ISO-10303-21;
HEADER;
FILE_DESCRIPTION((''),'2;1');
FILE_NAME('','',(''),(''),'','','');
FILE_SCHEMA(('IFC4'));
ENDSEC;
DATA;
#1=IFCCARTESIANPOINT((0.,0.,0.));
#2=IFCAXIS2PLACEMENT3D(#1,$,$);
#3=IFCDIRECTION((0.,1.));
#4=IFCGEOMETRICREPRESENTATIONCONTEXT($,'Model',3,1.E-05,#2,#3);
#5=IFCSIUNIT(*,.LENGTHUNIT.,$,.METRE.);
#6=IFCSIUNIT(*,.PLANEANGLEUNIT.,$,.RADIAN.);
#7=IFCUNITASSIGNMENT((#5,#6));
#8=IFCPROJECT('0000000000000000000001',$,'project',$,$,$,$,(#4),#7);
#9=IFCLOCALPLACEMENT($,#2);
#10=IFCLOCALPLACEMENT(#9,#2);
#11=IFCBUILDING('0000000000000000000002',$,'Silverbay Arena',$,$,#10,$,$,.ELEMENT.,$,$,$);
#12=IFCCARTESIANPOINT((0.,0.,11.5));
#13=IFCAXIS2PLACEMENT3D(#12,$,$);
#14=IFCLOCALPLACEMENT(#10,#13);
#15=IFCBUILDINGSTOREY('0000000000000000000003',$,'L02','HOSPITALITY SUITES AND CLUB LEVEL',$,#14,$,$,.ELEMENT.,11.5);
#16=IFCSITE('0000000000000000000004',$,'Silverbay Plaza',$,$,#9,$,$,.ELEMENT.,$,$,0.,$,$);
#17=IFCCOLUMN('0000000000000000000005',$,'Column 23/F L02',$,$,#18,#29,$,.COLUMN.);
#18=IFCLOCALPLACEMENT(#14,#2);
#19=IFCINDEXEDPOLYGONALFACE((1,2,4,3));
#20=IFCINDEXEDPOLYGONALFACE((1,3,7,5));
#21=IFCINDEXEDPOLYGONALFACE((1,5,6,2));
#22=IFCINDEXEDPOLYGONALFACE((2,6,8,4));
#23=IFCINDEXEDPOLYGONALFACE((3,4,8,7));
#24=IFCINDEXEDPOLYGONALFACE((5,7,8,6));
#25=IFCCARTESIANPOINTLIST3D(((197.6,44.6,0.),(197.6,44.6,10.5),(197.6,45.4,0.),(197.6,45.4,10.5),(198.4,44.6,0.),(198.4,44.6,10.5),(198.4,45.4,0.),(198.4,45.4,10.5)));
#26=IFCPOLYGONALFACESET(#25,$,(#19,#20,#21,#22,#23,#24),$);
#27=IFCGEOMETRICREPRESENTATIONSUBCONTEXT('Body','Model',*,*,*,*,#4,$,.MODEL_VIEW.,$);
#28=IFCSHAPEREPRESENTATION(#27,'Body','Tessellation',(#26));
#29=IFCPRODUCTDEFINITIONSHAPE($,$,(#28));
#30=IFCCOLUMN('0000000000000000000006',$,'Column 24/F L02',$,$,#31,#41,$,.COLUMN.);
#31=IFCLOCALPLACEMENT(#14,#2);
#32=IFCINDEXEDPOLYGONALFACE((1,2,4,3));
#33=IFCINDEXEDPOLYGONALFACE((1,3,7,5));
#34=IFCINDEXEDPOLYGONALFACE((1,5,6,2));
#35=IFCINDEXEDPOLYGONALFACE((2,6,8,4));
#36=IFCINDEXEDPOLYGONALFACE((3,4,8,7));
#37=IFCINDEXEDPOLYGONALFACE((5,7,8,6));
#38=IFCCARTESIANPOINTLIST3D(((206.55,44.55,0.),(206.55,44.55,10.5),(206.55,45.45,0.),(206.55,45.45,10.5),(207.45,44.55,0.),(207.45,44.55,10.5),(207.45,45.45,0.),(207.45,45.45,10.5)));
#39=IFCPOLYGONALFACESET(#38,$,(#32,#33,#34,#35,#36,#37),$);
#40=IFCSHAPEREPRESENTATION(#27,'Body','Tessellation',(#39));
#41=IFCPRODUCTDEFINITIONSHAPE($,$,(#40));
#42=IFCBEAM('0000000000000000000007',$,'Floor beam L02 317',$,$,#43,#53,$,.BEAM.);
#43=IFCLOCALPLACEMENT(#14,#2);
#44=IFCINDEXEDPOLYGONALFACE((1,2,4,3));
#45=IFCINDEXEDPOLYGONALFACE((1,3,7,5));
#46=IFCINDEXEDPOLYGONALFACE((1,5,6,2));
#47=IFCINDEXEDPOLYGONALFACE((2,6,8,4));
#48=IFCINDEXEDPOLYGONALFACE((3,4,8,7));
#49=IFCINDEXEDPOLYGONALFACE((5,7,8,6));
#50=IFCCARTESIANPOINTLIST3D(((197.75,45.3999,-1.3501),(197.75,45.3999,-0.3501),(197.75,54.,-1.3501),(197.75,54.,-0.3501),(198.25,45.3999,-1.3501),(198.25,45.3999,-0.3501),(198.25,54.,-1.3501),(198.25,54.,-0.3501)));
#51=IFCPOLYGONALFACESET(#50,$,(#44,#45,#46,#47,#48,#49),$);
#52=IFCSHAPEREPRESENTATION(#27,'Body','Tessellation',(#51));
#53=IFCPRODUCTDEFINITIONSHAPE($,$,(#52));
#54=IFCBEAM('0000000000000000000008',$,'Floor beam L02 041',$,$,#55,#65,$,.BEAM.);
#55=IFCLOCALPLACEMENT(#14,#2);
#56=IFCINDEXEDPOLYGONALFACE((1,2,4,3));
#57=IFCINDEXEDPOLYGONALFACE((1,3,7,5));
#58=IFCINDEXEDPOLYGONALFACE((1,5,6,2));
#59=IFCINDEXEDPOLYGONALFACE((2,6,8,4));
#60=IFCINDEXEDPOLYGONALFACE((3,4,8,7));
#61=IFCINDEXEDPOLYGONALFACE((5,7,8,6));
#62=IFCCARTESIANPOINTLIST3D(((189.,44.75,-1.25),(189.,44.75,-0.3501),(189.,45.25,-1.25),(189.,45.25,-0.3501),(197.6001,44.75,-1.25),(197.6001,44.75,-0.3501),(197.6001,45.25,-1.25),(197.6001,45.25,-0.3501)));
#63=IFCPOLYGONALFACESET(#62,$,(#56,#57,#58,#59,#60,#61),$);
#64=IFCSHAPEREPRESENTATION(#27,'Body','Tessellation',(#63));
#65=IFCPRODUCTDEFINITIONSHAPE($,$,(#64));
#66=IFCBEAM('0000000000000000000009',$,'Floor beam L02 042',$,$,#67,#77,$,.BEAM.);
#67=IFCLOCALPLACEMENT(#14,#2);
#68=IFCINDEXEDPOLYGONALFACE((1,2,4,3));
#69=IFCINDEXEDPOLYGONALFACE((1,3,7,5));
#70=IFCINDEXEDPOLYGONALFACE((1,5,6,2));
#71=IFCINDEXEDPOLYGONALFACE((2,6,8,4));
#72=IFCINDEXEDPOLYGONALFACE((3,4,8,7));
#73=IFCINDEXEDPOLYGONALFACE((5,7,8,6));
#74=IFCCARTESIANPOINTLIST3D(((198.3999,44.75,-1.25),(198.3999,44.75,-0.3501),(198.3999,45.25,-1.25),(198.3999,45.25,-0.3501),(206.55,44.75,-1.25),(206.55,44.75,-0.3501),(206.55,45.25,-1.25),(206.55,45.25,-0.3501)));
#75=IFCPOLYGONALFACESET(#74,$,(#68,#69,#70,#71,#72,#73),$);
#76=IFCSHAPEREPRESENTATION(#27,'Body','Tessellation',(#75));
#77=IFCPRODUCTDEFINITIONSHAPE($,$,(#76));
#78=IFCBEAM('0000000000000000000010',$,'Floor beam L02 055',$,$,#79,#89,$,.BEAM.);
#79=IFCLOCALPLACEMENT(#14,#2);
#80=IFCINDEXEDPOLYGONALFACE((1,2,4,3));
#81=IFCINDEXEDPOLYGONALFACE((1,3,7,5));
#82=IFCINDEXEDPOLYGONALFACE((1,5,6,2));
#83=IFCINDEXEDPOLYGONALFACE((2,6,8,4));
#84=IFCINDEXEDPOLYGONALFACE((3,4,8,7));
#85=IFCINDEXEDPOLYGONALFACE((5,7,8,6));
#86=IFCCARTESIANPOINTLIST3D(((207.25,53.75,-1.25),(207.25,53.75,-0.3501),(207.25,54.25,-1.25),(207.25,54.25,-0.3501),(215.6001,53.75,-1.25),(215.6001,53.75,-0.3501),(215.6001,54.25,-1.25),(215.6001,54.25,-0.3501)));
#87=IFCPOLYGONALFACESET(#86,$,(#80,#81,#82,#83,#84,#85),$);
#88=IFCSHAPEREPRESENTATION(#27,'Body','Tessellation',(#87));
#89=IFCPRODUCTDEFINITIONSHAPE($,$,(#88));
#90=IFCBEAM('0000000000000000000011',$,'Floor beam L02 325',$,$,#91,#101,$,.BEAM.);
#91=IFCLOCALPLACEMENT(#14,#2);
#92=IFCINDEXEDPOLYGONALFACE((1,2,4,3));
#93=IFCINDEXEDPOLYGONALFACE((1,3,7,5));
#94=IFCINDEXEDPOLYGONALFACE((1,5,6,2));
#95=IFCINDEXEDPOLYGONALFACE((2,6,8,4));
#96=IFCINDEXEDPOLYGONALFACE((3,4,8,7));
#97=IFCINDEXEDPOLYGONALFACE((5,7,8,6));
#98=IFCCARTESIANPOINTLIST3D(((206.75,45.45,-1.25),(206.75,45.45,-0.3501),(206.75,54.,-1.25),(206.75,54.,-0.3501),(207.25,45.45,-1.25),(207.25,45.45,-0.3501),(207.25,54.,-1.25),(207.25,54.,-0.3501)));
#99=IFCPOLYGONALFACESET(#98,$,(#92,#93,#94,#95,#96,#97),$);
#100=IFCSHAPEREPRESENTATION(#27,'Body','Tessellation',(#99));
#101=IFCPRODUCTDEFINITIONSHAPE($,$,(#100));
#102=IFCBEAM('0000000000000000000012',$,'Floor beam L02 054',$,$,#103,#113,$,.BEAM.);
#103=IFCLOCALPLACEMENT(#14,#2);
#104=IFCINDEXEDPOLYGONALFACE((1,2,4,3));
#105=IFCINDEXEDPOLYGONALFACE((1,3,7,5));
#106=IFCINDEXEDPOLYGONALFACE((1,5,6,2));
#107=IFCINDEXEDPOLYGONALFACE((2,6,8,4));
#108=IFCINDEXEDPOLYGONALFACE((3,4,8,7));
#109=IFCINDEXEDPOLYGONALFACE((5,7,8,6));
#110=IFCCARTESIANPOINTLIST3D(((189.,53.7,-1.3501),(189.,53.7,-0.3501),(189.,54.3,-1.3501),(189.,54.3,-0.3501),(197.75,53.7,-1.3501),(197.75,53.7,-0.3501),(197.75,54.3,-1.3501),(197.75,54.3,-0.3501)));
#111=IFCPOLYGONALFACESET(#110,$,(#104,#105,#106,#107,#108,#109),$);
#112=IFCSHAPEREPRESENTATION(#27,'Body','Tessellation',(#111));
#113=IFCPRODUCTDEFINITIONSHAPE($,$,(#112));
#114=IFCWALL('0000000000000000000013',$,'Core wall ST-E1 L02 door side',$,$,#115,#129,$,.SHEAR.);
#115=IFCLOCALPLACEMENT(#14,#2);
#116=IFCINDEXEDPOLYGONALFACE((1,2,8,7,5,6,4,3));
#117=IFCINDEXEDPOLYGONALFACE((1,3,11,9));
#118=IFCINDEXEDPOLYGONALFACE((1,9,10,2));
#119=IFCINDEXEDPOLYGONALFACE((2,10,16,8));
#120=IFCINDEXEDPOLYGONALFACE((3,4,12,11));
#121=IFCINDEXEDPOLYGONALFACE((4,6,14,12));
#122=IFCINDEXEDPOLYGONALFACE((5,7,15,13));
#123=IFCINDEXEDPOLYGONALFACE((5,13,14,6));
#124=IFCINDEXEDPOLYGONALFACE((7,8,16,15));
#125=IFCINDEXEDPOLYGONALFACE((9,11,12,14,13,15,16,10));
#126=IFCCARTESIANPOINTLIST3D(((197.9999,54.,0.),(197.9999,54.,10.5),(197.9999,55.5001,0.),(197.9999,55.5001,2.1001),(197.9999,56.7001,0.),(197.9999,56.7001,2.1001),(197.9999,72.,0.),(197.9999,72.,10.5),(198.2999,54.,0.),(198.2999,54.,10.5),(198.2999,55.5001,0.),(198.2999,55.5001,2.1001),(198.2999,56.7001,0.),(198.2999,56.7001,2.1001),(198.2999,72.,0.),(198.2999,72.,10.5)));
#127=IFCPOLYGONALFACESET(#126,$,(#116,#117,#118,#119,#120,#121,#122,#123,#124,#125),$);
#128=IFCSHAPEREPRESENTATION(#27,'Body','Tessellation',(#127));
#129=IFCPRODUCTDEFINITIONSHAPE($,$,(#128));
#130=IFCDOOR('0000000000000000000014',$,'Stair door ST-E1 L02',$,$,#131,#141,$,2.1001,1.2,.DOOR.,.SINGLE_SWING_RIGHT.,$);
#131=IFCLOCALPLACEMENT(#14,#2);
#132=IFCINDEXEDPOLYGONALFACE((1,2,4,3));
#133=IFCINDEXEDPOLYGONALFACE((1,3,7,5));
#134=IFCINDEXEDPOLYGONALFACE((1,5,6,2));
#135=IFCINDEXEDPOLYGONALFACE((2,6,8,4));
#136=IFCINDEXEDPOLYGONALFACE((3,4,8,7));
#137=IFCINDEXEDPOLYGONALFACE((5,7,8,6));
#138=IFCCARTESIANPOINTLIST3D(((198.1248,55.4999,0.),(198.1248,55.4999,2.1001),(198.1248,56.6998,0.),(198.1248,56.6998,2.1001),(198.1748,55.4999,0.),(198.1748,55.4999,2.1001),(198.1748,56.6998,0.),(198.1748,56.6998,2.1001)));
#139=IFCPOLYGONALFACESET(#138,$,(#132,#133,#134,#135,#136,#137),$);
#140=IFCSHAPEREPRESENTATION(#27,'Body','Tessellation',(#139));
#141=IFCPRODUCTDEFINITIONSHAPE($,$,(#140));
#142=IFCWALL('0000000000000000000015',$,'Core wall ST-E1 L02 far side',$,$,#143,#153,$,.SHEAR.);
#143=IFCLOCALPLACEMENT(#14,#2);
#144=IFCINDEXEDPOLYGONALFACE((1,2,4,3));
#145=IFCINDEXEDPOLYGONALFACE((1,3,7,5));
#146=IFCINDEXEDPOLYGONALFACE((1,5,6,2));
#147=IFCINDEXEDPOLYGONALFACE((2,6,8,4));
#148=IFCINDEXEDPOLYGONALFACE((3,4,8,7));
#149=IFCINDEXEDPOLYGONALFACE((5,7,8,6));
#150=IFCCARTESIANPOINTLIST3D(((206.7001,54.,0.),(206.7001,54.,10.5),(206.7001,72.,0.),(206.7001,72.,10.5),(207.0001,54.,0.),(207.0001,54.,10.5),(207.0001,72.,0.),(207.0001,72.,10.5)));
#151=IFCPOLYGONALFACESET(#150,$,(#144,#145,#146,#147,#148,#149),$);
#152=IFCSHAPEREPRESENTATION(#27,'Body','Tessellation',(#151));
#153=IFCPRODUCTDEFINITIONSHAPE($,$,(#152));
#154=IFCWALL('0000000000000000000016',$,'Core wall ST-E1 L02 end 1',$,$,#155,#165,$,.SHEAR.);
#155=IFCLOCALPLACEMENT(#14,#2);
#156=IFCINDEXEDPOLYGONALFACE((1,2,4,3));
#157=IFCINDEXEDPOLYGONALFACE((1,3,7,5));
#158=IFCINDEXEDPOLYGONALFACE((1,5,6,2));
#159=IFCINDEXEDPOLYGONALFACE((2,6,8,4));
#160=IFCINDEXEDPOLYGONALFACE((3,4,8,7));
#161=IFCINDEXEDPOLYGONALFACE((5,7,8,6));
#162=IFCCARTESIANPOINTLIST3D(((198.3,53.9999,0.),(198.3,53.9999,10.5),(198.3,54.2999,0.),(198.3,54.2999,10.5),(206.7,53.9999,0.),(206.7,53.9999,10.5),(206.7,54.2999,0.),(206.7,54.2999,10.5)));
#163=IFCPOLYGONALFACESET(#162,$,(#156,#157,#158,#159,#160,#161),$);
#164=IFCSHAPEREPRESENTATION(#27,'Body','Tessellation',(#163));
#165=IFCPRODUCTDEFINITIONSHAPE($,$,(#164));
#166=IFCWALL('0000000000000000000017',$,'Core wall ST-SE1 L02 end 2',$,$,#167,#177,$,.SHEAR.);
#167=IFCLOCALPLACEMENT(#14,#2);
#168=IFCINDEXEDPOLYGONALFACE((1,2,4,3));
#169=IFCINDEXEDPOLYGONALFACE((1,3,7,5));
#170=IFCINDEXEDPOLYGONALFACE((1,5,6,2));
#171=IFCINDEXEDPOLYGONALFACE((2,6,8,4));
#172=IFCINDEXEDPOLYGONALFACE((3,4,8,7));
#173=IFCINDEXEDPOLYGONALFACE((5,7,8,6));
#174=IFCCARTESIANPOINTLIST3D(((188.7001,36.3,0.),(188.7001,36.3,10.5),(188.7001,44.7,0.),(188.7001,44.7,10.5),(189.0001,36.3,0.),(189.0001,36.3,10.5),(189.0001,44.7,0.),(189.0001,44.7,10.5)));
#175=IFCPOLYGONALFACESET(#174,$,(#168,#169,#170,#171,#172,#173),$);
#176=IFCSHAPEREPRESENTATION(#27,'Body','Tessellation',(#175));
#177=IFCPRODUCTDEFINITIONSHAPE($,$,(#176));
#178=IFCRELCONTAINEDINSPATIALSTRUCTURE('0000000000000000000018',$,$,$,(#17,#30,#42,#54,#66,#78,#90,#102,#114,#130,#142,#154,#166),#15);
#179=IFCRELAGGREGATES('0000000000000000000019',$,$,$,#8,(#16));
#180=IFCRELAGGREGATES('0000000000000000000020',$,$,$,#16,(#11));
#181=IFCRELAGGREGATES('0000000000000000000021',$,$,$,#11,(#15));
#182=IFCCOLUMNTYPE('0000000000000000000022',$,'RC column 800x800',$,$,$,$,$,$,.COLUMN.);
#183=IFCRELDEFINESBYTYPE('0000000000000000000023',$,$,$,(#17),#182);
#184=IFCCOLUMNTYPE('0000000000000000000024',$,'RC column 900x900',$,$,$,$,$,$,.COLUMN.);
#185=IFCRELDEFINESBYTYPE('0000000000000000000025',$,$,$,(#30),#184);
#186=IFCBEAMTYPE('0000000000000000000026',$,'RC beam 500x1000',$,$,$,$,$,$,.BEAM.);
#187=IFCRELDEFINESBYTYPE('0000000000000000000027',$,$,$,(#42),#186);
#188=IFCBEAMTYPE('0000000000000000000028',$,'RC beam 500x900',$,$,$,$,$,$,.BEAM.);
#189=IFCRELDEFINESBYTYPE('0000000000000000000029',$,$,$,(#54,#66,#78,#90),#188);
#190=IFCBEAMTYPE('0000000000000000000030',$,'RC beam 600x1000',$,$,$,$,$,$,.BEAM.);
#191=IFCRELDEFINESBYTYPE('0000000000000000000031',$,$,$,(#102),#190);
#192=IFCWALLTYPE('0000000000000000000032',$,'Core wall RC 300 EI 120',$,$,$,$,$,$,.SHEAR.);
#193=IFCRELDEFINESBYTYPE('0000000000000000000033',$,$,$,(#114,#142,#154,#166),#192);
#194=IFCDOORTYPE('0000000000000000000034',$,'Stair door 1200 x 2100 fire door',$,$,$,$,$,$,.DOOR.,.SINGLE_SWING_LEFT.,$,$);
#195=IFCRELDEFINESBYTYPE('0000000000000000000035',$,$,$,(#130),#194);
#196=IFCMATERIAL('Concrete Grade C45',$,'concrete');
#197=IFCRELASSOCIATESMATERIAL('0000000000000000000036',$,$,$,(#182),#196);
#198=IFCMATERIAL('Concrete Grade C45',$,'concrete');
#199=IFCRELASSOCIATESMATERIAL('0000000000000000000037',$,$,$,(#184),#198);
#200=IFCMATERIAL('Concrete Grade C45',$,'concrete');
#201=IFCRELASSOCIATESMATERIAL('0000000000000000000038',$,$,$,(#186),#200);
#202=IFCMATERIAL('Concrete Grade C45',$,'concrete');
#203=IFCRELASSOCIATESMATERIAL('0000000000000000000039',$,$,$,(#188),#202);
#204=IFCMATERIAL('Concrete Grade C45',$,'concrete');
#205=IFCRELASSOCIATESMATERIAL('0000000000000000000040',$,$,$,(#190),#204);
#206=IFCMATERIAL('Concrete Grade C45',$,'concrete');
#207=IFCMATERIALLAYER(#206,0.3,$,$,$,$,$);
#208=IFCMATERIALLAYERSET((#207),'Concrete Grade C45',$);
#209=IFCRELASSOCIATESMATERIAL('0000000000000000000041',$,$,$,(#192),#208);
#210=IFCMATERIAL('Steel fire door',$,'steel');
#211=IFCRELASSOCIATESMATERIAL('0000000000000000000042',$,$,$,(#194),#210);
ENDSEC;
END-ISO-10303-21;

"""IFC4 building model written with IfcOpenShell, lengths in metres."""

from ifc_helpers import new_model, si_unit, direction, frame, frame_2d, origin, origin_2d, place, context, subcontext, project, spatial, rectangle, extrude, material, layer, layer_set, material_profile, profile_set, type_object, element, fill, save


model = new_model("IFC4")

# Units and contexts
model_context = context("Model", 3, precision=1e-05, world=origin(), true_north=direction((0.0, 1.0)))
body_context = subcontext(model_context, "Body", "Model", "MODEL_VIEW")
ifc_project = project(units=[si_unit("LENGTHUNIT", "METRE"), si_unit("PLANEANGLEUNIT", "RADIAN")], contexts=[model_context])

# Site, building, storey
site_placement = place(None, origin())
site = spatial("IfcSite", under=ifc_project, at=site_placement, Name="Silverbay Plaza", CompositionType="ELEMENT", RefElevation=0.0)
building_placement = place(site_placement, origin())
building = spatial("IfcBuilding", under=site, at=building_placement, Name="Silverbay Arena", CompositionType="ELEMENT")
storey_placement = place(building_placement, frame((0.0, 0.0, 11.5)))
storey = spatial("IfcBuildingStorey", under=building, at=storey_placement, Name="L02", Description="HOSPITALITY SUITES AND CLUB LEVEL", CompositionType="ELEMENT", Elevation=11.5)

# Columns
ifc_material_1 = material(Name="Concrete Grade C45", Category="concrete")
ifc_material_profile_1 = material_profile(ifc_material_1, rectangle(XDim=0.8, YDim=0.8, at=origin_2d()), Name="RC 800x800")
ifc_profile_set_1 = profile_set([ifc_material_profile_1], Name="Concrete Grade C45")
column_type_1 = type_object("IfcColumnType", Name="RC column 800x800", PredefinedType="COLUMN", material=ifc_profile_set_1)
column_1_placement = place(storey_placement, frame((198.0, 45.0, 0.0), z_axis=(0.0, 0.0, 1.0), x_axis=(1.0, 0.0, 0.0)))
element("IfcColumn", 1, at=column_1_placement, inside=storey, type_object=column_type_1, Name="Column 23/F L02", PredefinedType="COLUMN", context=body_context, shape_type="SweptSolid", body=[
    extrude(rectangle(XDim=0.8, YDim=0.8, at=origin_2d()), origin(), (0.0, 0.0, 1.0), 10.5),
])
ifc_material_2 = material(Name="Concrete Grade C45", Category="concrete")
ifc_material_profile_2 = material_profile(ifc_material_2, rectangle(XDim=0.8999, YDim=0.8999, at=origin_2d()), Name="RC 900x900")
ifc_profile_set_2 = profile_set([ifc_material_profile_2], Name="Concrete Grade C45")
column_type_2 = type_object("IfcColumnType", Name="RC column 900x900", PredefinedType="COLUMN", material=ifc_profile_set_2)
column_2_placement = place(storey_placement, frame((207.0, 45.0, 0.0), z_axis=(0.0, 0.0, 1.0), x_axis=(1.0, 0.0, 0.0)))
element("IfcColumn", 2, at=column_2_placement, inside=storey, type_object=column_type_2, Name="Column 24/F L02", PredefinedType="COLUMN", context=body_context, shape_type="SweptSolid", body=[
    extrude(rectangle(XDim=0.8999, YDim=0.8999, at=origin_2d()), origin(), (0.0, 0.0, 1.0), 10.5),
])

# Beams
ifc_material_3 = material(Name="Concrete Grade C45", Category="concrete")
ifc_material_profile_3 = material_profile(ifc_material_3, rectangle(XDim=0.5, YDim=1.0, at=origin_2d()), Name="RC 500x1000")
ifc_profile_set_3 = profile_set([ifc_material_profile_3], Name="Concrete Grade C45")
beam_type_1 = type_object("IfcBeamType", Name="RC beam 500x1000", PredefinedType="BEAM", material=ifc_profile_set_3)
beam_1_placement = place(storey_placement, frame((198.0, 45.3999, -0.8501), z_axis=(0.0, 1.0, 0.0), x_axis=(-1.0, 0.0, 0.0)))
element("IfcBeam", 3, at=beam_1_placement, inside=storey, type_object=beam_type_1, Name="Floor beam L02 317", PredefinedType="BEAM", context=body_context, shape_type="SweptSolid", body=[
    extrude(rectangle(XDim=0.5, YDim=1.0, at=origin_2d()), origin(), (0.0, 0.0, 1.0), 8.6001),
])
ifc_material_4 = material(Name="Concrete Grade C45", Category="concrete")
ifc_material_profile_4 = material_profile(ifc_material_4, rectangle(XDim=0.5, YDim=0.8999, at=origin_2d()), Name="RC 500x900")
ifc_profile_set_4 = profile_set([ifc_material_profile_4], Name="Concrete Grade C45")
beam_type_2 = type_object("IfcBeamType", Name="RC beam 500x900", PredefinedType="BEAM", material=ifc_profile_set_4)
beam_2_placement = place(storey_placement, frame((189.0, 45.0, -0.8), z_axis=(1.0, 0.0, 0.0), x_axis=(0.0, 1.0, 0.0)))
element("IfcBeam", 4, at=beam_2_placement, inside=storey, type_object=beam_type_2, Name="Floor beam L02 041", PredefinedType="BEAM", context=body_context, shape_type="SweptSolid", body=[
    extrude(rectangle(XDim=0.5, YDim=0.8999, at=origin_2d()), origin(), (0.0, 0.0, 1.0), 8.6001),
])
beam_3_placement = place(storey_placement, frame((198.3999, 45.0, -0.8), z_axis=(1.0, 0.0, 0.0), x_axis=(0.0, 1.0, 0.0)))
element("IfcBeam", 5, at=beam_3_placement, inside=storey, type_object=beam_type_2, Name="Floor beam L02 042", PredefinedType="BEAM", context=body_context, shape_type="SweptSolid", body=[
    extrude(rectangle(XDim=0.5, YDim=0.8999, at=origin_2d()), origin(), (0.0, 0.0, 1.0), 8.1501),
])
beam_4_placement = place(storey_placement, frame((207.25, 54.0, -0.8), z_axis=(1.0, 0.0, 0.0), x_axis=(0.0, 1.0, 0.0)))
element("IfcBeam", 6, at=beam_4_placement, inside=storey, type_object=beam_type_2, Name="Floor beam L02 055", PredefinedType="BEAM", context=body_context, shape_type="SweptSolid", body=[
    extrude(rectangle(XDim=0.5, YDim=0.8999, at=origin_2d()), origin(), (0.0, 0.0, 1.0), 8.3501),
])
beam_5_placement = place(storey_placement, frame((207.0, 45.45, -0.8), z_axis=(0.0, 1.0, 0.0), x_axis=(-1.0, 0.0, 0.0)))
element("IfcBeam", 7, at=beam_5_placement, inside=storey, type_object=beam_type_2, Name="Floor beam L02 325", PredefinedType="BEAM", context=body_context, shape_type="SweptSolid", body=[
    extrude(rectangle(XDim=0.5, YDim=0.8999, at=origin_2d()), origin(), (0.0, 0.0, 1.0), 8.55),
])
ifc_material_5 = material(Name="Concrete Grade C45", Category="concrete")
ifc_material_profile_5 = material_profile(ifc_material_5, rectangle(XDim=0.6001, YDim=1.0, at=origin_2d()), Name="RC 600x1000")
ifc_profile_set_5 = profile_set([ifc_material_profile_5], Name="Concrete Grade C45")
beam_type_3 = type_object("IfcBeamType", Name="RC beam 600x1000", PredefinedType="BEAM", material=ifc_profile_set_5)
beam_6_placement = place(storey_placement, frame((189.0, 54.0, -0.8501), z_axis=(1.0, 0.0, 0.0), x_axis=(0.0, 1.0, 0.0)))
element("IfcBeam", 8, at=beam_6_placement, inside=storey, type_object=beam_type_3, Name="Floor beam L02 054", PredefinedType="BEAM", context=body_context, shape_type="SweptSolid", body=[
    extrude(rectangle(XDim=0.6001, YDim=1.0, at=origin_2d()), origin(), (0.0, 0.0, 1.0), 8.75),
])

# Wall, opening, door
ifc_material_6 = material(Name="Concrete Grade C45", Category="concrete")
ifc_layer_1 = layer(ifc_material_6, 0.3)
ifc_layer_set_1 = layer_set([ifc_layer_1], Name="Concrete Grade C45")
wall_type_1 = type_object("IfcWallType", Name="Core wall RC 300 EI 120", PredefinedType="SHEAR", material=ifc_layer_set_1)
wall_1_placement = place(storey_placement, frame((198.1499, 54.0, 0.0), z_axis=(0.0, 0.0, 1.0), x_axis=(0.0, 1.0, 0.0)))
wall_1 = element("IfcWall", 9, at=wall_1_placement, inside=storey, type_object=wall_type_1, Name="Core wall ST-E1 L02 door side", PredefinedType="SHEAR", context=body_context, shape_type="SweptSolid", body=[
    extrude(rectangle(XDim=18.0, YDim=0.3, at=frame_2d((9.0, 0.0))), origin(), (0.0, 0.0, 1.0), 10.5),
])
opening_1_placement = place(wall_1_placement, frame((1.5, 0.0, 0.0)))
opening_1 = element("IfcOpeningElement", 10, at=opening_1_placement, cuts=wall_1, PredefinedType="OPENING", context=body_context, shape_type="SweptSolid", body=[
    extrude(rectangle(XDim=1.2, YDim=2.1001, at=frame_2d((0.6001, 1.05))), frame((0.0, 0.1602, 0.0), z_axis=(0.0, -1.0, 0.0), x_axis=(1.0, 0.0, 0.0)), (0.0, 0.0, 1.0), 0.3201),
])
ifc_material_7 = material(Name="Steel fire door", Category="steel")
door_type_1 = type_object("IfcDoorType", Name="Stair door 1200 x 2100 fire door", OperationType="SINGLE_SWING_LEFT", PredefinedType="DOOR", material=ifc_material_7)
door_1_placement = place(opening_1_placement, frame((1.2, 0.0, 0.0), z_axis=(0.0, 0.0, 1.0), x_axis=(-1.0, 0.0, 0.0)))
door_1 = element("IfcDoor", 11, at=door_1_placement, inside=storey, type_object=door_type_1, Name="Stair door ST-E1 L02", OperationType="SINGLE_SWING_RIGHT", OverallHeight=2.1001, OverallWidth=1.2, PredefinedType="DOOR", context=body_context, shape_type="SweptSolid", body=[
    extrude(rectangle(XDim=1.2, YDim=2.1001, at=frame_2d((0.6001, 1.05))), frame((0.0, 0.0249, 0.0), z_axis=(0.0, -1.0, 0.0), x_axis=(1.0, 0.0, 0.0)), (0.0, 0.0, 1.0), 0.05),
])
fill(opening_1, door_1)

# Walls
wall_2_placement = place(storey_placement, frame((206.8501, 54.0, 0.0), z_axis=(0.0, 0.0, 1.0), x_axis=(0.0, 1.0, 0.0)))
element("IfcWall", 12, at=wall_2_placement, inside=storey, type_object=wall_type_1, Name="Core wall ST-E1 L02 far side", PredefinedType="SHEAR", context=body_context, shape_type="SweptSolid", body=[
    extrude(rectangle(XDim=18.0, YDim=0.3, at=frame_2d((9.0, 0.0))), origin(), (0.0, 0.0, 1.0), 10.5),
])
for number, where, z_axis, x_axis, name in (
    (13, (198.3, 54.1499, 0.0), (0.0, 0.0, 1.0), (1.0, 0.0, 0.0), "Core wall ST-E1 L02 end 1"),
    (14, (188.8501, 44.7, 0.0), (0.0, 0.0, 1.0), (0.0, -1.0, 0.0), "Core wall ST-SE1 L02 end 2"),
):
    element("IfcWall", number, at=place(storey_placement, frame(where, z_axis=z_axis, x_axis=x_axis)), inside=storey, type_object=wall_type_1, Name=name, PredefinedType="SHEAR", context=body_context, shape_type="SweptSolid", body=[
        extrude(rectangle(XDim=8.3999, YDim=0.3, at=frame_2d((4.2, 0.0))), origin(), (0.0, 0.0, 1.0), 10.5),
    ])

save(model, "model.ifc")
